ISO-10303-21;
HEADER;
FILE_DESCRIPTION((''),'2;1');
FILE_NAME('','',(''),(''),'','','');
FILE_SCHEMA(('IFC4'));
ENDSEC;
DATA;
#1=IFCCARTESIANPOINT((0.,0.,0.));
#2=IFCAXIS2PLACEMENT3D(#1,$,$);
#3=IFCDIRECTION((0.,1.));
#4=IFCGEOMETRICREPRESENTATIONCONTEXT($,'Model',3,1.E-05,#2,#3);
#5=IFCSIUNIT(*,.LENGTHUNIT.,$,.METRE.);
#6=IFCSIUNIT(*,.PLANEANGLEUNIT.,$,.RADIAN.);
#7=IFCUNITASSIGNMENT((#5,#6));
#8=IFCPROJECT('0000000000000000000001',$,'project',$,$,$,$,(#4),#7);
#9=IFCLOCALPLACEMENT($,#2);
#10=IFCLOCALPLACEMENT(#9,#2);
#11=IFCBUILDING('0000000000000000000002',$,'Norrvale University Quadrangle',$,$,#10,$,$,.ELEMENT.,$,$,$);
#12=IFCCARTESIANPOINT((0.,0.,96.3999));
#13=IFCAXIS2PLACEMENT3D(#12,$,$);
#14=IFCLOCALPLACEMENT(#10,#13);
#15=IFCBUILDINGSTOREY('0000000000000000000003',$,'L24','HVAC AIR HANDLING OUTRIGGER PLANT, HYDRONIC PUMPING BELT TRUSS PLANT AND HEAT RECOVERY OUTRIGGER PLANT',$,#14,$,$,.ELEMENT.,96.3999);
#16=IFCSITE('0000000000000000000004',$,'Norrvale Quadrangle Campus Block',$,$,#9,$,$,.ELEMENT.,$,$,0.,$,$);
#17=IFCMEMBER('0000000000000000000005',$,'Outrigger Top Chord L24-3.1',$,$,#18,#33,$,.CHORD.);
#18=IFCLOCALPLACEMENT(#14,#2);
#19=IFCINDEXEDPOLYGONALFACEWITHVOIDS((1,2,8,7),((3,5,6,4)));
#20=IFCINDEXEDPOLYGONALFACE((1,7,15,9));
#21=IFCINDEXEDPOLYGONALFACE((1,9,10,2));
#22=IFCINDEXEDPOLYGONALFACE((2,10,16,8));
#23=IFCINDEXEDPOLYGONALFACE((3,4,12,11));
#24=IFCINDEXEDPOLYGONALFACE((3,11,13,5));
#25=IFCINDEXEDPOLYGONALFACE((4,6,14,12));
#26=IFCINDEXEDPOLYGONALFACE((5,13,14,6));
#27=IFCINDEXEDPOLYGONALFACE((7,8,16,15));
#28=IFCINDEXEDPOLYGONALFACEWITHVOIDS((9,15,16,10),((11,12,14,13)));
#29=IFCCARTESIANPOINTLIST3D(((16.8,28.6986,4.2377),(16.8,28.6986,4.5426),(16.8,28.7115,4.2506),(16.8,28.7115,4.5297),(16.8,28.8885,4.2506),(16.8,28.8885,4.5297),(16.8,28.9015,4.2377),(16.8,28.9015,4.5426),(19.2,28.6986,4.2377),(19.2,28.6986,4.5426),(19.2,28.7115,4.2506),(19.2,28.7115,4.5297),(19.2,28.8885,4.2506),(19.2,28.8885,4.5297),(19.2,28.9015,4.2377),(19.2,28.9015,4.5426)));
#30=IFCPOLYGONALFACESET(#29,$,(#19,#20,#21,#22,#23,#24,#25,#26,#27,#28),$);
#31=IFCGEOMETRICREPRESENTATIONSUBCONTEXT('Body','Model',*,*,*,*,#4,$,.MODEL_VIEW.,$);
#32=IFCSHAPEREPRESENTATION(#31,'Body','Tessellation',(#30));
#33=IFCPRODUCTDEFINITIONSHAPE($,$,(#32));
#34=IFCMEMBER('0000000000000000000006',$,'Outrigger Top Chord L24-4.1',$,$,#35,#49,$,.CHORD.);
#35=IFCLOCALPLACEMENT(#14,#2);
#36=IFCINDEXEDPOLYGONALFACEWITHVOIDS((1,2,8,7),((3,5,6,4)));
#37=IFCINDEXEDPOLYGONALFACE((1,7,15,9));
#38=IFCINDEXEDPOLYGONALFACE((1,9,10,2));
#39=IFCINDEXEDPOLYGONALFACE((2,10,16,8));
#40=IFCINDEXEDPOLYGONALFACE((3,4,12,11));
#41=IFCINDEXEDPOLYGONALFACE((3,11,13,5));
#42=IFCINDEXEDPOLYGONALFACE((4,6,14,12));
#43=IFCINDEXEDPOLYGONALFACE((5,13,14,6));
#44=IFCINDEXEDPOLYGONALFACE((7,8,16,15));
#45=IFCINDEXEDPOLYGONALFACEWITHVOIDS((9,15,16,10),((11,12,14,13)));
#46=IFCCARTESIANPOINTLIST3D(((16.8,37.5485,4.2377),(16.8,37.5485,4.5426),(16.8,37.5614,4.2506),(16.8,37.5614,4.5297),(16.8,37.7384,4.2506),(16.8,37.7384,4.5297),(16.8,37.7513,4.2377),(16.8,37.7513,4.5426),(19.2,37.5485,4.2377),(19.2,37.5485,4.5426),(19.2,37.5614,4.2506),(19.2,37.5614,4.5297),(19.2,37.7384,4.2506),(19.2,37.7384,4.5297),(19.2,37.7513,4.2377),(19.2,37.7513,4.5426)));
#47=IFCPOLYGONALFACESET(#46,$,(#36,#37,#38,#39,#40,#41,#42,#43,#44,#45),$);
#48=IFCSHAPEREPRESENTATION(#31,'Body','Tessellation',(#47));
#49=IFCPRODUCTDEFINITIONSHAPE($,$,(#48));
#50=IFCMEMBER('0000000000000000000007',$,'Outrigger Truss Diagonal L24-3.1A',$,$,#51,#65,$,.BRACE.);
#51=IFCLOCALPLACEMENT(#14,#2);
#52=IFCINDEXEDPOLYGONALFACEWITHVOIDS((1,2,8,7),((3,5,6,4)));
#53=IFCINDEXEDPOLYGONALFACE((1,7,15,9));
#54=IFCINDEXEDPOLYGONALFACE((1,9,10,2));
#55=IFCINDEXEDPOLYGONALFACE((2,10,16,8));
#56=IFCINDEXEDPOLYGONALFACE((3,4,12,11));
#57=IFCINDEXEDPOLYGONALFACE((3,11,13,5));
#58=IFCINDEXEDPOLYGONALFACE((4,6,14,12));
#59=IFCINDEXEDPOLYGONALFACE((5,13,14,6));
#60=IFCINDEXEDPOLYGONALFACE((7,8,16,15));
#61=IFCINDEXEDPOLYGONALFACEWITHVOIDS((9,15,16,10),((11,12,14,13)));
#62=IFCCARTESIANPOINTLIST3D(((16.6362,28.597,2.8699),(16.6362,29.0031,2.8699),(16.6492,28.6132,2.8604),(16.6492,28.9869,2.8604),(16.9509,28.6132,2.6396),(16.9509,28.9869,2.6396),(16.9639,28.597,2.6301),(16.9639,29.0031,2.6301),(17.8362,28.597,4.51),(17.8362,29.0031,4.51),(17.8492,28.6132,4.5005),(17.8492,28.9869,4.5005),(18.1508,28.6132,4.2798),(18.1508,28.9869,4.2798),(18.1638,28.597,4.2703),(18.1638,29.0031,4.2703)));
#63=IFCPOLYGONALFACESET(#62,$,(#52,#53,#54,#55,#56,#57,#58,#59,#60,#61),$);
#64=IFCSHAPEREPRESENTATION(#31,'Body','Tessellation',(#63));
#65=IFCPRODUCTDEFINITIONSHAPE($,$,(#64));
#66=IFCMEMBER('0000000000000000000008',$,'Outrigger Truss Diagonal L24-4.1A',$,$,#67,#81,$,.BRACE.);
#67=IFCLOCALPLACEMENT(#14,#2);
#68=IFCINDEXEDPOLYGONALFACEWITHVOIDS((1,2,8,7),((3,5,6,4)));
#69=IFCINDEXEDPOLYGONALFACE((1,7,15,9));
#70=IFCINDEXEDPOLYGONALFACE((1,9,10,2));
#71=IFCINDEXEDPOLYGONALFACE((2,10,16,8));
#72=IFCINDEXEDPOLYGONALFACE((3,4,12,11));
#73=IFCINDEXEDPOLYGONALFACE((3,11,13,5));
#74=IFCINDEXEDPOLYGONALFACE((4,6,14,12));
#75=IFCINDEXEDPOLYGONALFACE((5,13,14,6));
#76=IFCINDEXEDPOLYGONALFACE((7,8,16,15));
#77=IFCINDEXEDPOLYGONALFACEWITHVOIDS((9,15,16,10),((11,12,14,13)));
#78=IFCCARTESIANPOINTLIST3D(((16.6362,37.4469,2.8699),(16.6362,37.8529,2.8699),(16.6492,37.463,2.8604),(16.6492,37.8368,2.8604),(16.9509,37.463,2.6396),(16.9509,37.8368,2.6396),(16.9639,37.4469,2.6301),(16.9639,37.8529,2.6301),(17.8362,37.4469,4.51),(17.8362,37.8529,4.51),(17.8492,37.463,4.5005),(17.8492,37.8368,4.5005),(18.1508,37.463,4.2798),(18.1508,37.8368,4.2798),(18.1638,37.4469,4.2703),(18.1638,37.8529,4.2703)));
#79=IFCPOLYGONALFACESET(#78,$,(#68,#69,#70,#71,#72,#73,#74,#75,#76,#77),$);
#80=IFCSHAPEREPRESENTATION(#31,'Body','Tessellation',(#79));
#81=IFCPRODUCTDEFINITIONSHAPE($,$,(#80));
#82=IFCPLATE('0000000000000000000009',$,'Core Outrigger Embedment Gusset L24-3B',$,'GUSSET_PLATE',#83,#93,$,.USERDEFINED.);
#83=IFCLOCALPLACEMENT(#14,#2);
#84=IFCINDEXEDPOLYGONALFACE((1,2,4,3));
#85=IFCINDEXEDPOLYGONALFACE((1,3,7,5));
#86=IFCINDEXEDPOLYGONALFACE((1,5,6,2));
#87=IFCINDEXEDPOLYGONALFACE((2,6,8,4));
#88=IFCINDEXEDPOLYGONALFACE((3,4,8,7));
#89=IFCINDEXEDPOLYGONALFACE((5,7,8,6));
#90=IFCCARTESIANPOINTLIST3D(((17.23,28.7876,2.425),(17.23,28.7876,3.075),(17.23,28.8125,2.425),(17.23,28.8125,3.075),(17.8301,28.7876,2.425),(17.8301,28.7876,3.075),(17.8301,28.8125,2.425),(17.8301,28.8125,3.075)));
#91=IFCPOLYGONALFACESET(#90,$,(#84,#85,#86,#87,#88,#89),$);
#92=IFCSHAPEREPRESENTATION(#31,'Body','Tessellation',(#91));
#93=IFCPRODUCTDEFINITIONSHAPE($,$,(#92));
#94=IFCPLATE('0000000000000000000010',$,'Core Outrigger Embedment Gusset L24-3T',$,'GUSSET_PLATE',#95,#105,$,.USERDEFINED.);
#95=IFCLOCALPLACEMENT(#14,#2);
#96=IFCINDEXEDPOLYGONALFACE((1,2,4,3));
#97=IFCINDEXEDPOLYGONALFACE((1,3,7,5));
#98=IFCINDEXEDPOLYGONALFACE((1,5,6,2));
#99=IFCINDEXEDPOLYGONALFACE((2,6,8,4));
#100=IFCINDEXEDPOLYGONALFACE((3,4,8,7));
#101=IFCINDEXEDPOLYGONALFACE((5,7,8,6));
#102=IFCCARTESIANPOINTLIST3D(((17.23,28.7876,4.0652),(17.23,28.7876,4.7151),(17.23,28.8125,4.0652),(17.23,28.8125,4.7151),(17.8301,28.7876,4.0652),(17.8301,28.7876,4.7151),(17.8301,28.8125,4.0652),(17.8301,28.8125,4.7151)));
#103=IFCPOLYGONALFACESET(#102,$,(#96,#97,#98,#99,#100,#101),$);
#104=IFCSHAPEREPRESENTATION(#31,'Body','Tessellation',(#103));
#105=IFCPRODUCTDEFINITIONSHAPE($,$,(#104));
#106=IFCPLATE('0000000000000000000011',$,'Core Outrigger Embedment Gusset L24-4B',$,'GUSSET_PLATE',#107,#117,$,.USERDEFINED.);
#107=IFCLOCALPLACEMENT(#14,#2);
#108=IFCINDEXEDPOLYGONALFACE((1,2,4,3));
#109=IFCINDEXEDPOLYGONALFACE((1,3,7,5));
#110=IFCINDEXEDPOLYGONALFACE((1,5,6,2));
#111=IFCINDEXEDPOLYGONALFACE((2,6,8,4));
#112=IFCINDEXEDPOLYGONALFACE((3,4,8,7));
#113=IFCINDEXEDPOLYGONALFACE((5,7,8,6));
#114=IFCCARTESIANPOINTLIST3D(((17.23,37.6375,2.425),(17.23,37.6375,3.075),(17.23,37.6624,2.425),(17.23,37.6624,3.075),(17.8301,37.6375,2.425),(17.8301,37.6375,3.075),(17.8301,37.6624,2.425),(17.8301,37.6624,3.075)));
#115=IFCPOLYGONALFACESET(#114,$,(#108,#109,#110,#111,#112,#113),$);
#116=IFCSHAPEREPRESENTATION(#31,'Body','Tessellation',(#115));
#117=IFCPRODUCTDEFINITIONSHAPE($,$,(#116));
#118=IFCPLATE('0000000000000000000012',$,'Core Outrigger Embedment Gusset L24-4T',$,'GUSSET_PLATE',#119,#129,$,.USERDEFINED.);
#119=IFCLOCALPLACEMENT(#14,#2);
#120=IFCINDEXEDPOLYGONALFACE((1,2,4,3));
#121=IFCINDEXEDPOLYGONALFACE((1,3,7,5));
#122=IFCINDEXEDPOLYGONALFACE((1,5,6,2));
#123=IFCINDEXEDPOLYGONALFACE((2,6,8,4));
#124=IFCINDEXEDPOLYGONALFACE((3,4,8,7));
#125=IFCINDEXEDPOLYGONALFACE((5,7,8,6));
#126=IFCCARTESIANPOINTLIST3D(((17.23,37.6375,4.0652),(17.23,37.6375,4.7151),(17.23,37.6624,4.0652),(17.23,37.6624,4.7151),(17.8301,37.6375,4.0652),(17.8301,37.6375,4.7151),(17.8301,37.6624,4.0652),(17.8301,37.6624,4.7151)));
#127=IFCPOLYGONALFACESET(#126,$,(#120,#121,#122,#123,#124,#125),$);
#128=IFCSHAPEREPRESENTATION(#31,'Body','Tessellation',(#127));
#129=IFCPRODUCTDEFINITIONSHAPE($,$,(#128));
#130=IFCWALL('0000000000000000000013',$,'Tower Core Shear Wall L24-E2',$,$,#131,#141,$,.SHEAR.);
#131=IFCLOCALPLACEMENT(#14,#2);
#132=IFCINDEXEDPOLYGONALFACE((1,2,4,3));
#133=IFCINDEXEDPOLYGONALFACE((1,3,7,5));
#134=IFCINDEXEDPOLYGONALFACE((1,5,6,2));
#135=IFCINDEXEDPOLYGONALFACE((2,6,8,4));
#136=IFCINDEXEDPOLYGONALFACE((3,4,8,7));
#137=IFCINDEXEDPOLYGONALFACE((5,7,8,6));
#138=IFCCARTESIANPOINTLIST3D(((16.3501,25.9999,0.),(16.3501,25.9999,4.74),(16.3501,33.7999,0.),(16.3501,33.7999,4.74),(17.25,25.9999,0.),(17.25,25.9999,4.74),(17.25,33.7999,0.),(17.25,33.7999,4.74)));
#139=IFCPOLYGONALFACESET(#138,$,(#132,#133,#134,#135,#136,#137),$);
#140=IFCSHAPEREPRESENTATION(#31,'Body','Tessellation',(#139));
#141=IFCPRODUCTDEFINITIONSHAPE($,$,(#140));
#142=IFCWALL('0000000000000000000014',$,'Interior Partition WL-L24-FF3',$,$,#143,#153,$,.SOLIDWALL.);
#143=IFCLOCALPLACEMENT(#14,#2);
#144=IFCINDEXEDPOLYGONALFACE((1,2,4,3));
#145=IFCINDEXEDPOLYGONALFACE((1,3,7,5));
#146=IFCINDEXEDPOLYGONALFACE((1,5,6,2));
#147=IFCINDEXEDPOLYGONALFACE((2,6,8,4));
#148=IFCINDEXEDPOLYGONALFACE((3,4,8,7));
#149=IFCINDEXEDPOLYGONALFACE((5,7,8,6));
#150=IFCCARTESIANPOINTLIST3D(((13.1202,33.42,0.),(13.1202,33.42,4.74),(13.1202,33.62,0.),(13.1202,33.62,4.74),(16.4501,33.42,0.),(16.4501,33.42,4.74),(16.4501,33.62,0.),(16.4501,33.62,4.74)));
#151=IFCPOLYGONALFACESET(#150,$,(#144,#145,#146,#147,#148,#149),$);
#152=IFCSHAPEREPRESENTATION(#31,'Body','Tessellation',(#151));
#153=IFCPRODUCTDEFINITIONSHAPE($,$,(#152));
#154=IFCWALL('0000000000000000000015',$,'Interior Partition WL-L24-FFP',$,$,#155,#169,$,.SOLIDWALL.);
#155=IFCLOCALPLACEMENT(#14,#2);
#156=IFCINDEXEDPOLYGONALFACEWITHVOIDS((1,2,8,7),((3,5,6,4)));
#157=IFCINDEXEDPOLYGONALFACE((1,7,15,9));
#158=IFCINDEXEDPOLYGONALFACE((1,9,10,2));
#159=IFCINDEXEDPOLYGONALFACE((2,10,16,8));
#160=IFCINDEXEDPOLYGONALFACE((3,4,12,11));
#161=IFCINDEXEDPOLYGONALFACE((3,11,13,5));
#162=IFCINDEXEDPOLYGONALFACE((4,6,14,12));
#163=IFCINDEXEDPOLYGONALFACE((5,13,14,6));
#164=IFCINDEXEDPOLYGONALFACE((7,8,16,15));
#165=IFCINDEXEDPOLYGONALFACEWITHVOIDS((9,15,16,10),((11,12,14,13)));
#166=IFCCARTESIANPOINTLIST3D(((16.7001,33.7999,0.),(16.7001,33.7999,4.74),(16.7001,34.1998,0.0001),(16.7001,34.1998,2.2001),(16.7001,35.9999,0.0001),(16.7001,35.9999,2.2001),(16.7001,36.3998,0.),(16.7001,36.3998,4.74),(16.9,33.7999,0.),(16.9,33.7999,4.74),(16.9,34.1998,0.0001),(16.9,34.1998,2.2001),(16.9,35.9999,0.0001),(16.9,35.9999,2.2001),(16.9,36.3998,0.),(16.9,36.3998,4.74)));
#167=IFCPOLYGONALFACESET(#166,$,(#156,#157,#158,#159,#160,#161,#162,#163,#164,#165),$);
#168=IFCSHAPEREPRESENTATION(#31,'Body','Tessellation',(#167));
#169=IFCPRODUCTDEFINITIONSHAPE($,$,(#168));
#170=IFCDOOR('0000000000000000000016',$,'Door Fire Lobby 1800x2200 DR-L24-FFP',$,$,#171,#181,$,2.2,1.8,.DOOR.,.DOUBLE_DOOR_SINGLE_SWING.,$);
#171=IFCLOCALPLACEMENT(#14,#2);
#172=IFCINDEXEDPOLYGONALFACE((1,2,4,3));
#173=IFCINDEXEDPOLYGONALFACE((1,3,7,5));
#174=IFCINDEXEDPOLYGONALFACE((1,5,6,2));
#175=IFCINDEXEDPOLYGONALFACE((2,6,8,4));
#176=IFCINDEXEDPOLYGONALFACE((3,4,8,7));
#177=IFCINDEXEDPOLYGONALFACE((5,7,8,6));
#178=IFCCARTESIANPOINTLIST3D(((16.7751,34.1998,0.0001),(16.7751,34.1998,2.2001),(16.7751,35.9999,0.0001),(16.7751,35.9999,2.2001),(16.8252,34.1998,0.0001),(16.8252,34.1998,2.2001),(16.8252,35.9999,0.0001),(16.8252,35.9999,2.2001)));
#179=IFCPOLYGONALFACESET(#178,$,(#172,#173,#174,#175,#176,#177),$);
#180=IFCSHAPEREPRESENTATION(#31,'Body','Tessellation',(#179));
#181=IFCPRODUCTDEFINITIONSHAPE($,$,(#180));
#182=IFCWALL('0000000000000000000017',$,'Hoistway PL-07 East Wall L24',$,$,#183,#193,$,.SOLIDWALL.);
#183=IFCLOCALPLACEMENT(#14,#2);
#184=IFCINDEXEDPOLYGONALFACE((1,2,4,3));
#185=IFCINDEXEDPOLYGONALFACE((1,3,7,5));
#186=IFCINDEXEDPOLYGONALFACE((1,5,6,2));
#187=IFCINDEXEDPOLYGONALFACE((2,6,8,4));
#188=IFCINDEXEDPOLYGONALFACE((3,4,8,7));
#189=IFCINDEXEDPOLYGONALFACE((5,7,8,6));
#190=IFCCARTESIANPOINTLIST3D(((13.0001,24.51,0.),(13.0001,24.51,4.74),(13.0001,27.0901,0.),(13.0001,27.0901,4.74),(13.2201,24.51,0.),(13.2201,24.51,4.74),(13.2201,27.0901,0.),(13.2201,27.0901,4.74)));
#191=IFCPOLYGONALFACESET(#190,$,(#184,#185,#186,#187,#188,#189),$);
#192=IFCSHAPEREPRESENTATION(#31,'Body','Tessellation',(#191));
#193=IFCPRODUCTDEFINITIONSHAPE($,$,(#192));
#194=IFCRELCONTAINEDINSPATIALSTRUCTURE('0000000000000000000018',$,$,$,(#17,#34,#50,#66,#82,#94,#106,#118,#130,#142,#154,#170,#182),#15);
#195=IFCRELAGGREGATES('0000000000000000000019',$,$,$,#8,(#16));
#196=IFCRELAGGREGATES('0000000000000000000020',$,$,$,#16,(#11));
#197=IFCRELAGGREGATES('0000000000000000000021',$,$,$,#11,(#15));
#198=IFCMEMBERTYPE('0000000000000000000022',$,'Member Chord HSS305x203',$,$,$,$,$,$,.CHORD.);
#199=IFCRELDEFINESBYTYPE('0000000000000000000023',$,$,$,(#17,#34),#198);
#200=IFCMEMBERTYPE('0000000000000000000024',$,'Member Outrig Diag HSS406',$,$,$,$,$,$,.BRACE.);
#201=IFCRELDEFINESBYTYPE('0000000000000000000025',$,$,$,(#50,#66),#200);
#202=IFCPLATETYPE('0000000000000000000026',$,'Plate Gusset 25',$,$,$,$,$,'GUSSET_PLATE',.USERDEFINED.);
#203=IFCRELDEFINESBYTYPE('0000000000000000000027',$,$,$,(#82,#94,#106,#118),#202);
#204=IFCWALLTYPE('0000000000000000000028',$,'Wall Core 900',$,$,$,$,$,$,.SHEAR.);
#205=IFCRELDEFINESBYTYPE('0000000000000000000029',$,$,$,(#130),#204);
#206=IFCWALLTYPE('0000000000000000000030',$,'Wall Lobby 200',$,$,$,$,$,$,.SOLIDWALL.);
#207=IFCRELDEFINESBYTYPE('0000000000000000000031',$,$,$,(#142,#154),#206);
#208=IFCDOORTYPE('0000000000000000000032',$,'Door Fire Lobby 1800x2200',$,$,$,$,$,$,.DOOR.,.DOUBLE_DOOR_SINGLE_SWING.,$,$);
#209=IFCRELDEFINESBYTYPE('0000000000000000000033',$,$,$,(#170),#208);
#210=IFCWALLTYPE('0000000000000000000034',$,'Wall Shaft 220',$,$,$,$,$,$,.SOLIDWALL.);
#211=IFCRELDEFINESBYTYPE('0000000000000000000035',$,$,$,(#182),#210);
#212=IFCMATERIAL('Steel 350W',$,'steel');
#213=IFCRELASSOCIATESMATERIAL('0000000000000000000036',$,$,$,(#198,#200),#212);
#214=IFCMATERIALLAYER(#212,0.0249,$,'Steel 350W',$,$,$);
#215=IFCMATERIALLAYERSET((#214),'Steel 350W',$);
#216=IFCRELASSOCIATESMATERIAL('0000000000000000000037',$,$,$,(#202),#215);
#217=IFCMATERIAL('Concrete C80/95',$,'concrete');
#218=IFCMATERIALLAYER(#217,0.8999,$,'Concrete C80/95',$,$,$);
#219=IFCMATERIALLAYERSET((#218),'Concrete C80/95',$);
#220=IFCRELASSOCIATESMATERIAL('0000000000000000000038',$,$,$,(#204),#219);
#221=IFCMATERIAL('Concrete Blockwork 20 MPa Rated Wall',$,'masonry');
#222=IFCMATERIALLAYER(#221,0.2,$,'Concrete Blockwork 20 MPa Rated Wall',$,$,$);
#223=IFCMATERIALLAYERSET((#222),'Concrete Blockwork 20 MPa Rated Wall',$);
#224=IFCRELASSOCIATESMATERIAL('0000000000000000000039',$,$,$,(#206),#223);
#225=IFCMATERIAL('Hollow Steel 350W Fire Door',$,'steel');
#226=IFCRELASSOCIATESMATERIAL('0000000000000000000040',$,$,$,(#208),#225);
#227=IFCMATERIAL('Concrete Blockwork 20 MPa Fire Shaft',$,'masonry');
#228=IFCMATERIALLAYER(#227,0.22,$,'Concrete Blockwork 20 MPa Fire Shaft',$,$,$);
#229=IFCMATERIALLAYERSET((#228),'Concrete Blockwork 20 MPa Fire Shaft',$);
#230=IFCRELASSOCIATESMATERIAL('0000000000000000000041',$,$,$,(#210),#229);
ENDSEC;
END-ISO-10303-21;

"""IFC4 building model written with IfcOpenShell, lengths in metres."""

from ifc_helpers import new_model, si_unit, direction, frame, frame_2d, origin, origin_2d, place, context, subcontext, project, spatial, rectangle, hollow_rectangle, extrude, material, layer, layer_set, material_profile, profile_set, type_object, element, fill, save


model = new_model("IFC4")

# Units and contexts
model_context = context("Model", 3, precision=1e-05, world=origin(), true_north=direction((0.0, 1.0)))
body_context = subcontext(model_context, "Body", "Model", "MODEL_VIEW")
ifc_project = project(units=[si_unit("LENGTHUNIT", "METRE"), si_unit("PLANEANGLEUNIT", "RADIAN")], contexts=[model_context])

# Site, building, storey
site_placement = place(None, origin())
site = spatial("IfcSite", under=ifc_project, at=site_placement, Name="Norrvale Quadrangle Campus Block", CompositionType="ELEMENT", RefElevation=0.0)
building_placement = place(site_placement, origin())
building = spatial("IfcBuilding", under=site, at=building_placement, Name="Norrvale University Quadrangle", CompositionType="ELEMENT")
storey_placement = place(building_placement, frame((0.0, 0.0, 96.3999)))
storey = spatial("IfcBuildingStorey", under=building, at=storey_placement, Name="L24", Description="HVAC AIR HANDLING OUTRIGGER PLANT, HYDRONIC PUMPING BELT TRUSS PLANT AND HEAT RECOVERY OUTRIGGER PLANT", CompositionType="ELEMENT", Elevation=96.3999)

# Shared definitions
ifc_material_1 = material(Name="Concrete C80/95", Category="concrete")

# Shared definitions
ifc_material_2 = material(Name="Steel 350W", Category="steel")

# Members
ifc_material_profile_1 = material_profile(ifc_material_2, hollow_rectangle(XDim=0.2029, YDim=0.3049, WallThickness=0.0129, at=origin_2d()), Name="Steel 350W")
ifc_profile_set_1 = profile_set([ifc_material_profile_1], Name="Steel 350W")
member_type_1 = type_object("IfcMemberType", Name="Member Chord HSS305x203", PredefinedType="CHORD", material=ifc_profile_set_1)
for number, where, z_axis, x_axis, name in (
    (1, (16.8, 28.8, 4.3901), (1.0, 0.0, 0.0), (0.0, 1.0, 0.0), "Outrigger Top Chord L24-3.1"),
    (2, (16.8, 37.6499, 4.3901), (1.0, 0.0, 0.0), (0.0, 1.0, 0.0), "Outrigger Top Chord L24-4.1"),
):
    element("IfcMember", number, at=place(storey_placement, frame(where, z_axis=z_axis, x_axis=x_axis)), inside=storey, type_object=member_type_1, Name=name, PredefinedType="CHORD", context=body_context, shape_type="SweptSolid", body=[
        extrude(hollow_rectangle(XDim=0.2029, YDim=0.3049, WallThickness=0.0129, at=origin_2d()), origin(), (0.0, 0.0, 1.0), 2.3999),
    ])
ifc_material_profile_2 = material_profile(ifc_material_2, hollow_rectangle(XDim=0.406, YDim=0.406, WallThickness=0.0161, at=origin_2d()), Name="Steel 350W")
ifc_profile_set_2 = profile_set([ifc_material_profile_2], Name="Steel 350W")
member_type_2 = type_object("IfcMemberType", Name="Member Outrig Diag HSS406", PredefinedType="BRACE", material=ifc_profile_set_2)
for number, where, z_axis, x_axis, name in (
    (3, (16.8, 28.8, 2.75), (0.590462, 0.0, 0.807065), (0.0, 1.0, 0.0), "Outrigger Truss Diagonal L24-3.1A"),
    (4, (16.8, 37.6499, 2.75), (0.590462, 0.0, 0.807065), (0.0, 1.0, 0.0), "Outrigger Truss Diagonal L24-4.1A"),
):
    element("IfcMember", number, at=place(storey_placement, frame(where, z_axis=z_axis, x_axis=x_axis)), inside=storey, type_object=member_type_2, Name=name, PredefinedType="BRACE", context=body_context, shape_type="SweptSolid", body=[
        extrude(hollow_rectangle(XDim=0.406, YDim=0.406, WallThickness=0.0161, at=origin_2d()), origin(), (0.0, 0.0, 1.0), 2.0322),
    ])

# Plates
ifc_layer_1 = layer(ifc_material_2, 0.0249, Name="Steel 350W")
ifc_layer_set_1 = layer_set([ifc_layer_1], Name="Steel 350W")
plate_type = type_object("IfcPlateType", Name="Plate Gusset 25", ElementType="GUSSET_PLATE", PredefinedType="USERDEFINED", material=ifc_layer_set_1)
for number, where, z_axis, x_axis, name in (
    (5, (17.53, 28.8, 2.425), (0.0, 0.0, 1.0), (1.0, 0.0, 0.0), "Core Outrigger Embedment Gusset L24-3B"),
    (6, (17.53, 28.8, 4.0652), (0.0, 0.0, 1.0), (1.0, 0.0, 0.0), "Core Outrigger Embedment Gusset L24-3T"),
    (7, (17.53, 37.6499, 2.425), (0.0, 0.0, 1.0), (1.0, 0.0, 0.0), "Core Outrigger Embedment Gusset L24-4B"),
    (8, (17.53, 37.6499, 4.0652), (0.0, 0.0, 1.0), (1.0, 0.0, 0.0), "Core Outrigger Embedment Gusset L24-4T"),
):
    element("IfcPlate", number, at=place(storey_placement, frame(where, z_axis=z_axis, x_axis=x_axis)), inside=storey, type_object=plate_type, Name=name, ObjectType="GUSSET_PLATE", PredefinedType="USERDEFINED", context=body_context, shape_type="SweptSolid", body=[
        extrude(rectangle(XDim=0.6001, YDim=0.0249, at=origin_2d()), origin(), (0.0, 0.0, 1.0), 0.6499),
    ])

# Wall
ifc_layer_2 = layer(ifc_material_1, 0.8999, Name="Concrete C80/95")
ifc_layer_set_2 = layer_set([ifc_layer_2], Name="Concrete C80/95")
wall_type_1 = type_object("IfcWallType", Name="Wall Core 900", PredefinedType="SHEAR", material=ifc_layer_set_2)
wall_1_placement = place(storey_placement, frame((16.8, 26.0, 0.0), z_axis=(0.0, 0.0, 1.0), x_axis=(0.0, 1.0, 0.0)))
element("IfcWall", 9, at=wall_1_placement, inside=storey, type_object=wall_type_1, Name="Tower Core Shear Wall L24-E2", PredefinedType="SHEAR", context=body_context, shape_type="SweptSolid", body=[
    extrude(rectangle(XDim=7.8, YDim=0.8999, at=frame_2d((3.8999, 0.0))), origin(), (0.0, 0.0, 1.0), 4.74),
])

# Wall
ifc_material_3 = material(Name="Concrete Blockwork 20 MPa Rated Wall", Category="masonry")
ifc_layer_3 = layer(ifc_material_3, 0.2, Name="Concrete Blockwork 20 MPa Rated Wall")
ifc_layer_set_3 = layer_set([ifc_layer_3], Name="Concrete Blockwork 20 MPa Rated Wall")
wall_type_2 = type_object("IfcWallType", Name="Wall Lobby 200", PredefinedType="SOLIDWALL", material=ifc_layer_set_3)
wall_2_placement = place(storey_placement, frame((13.1201, 33.52, 0.0), z_axis=(0.0, 0.0, 1.0), x_axis=(1.0, 0.0, 0.0)))
element("IfcWall", 10, at=wall_2_placement, inside=storey, type_object=wall_type_2, Name="Interior Partition WL-L24-FF3", PredefinedType="SOLIDWALL", context=body_context, shape_type="SweptSolid", body=[
    extrude(rectangle(XDim=3.3298, YDim=0.2, at=frame_2d((1.665, 0.0))), origin(), (0.0, 0.0, 1.0), 4.74),
])

# Wall, opening, door
wall_3_placement = place(storey_placement, frame((16.8, 33.8, 0.0), z_axis=(0.0, 0.0, 1.0), x_axis=(0.0, 1.0, 0.0)))
wall_3 = element("IfcWall", 11, at=wall_3_placement, inside=storey, type_object=wall_type_2, Name="Interior Partition WL-L24-FFP", PredefinedType="SOLIDWALL", context=body_context, shape_type="SweptSolid", body=[
    extrude(rectangle(XDim=2.5999, YDim=0.2, at=frame_2d((1.2998, 0.0))), origin(), (0.0, 0.0, 1.0), 4.74),
])
opening_1_placement = place(wall_3_placement, frame((0.3999, 0.0, 0.0)))
opening_1 = element("IfcOpeningElement", 12, at=opening_1_placement, cuts=wall_3, PredefinedType="OPENING", context=body_context, shape_type="SweptSolid", body=[
    extrude(rectangle(XDim=1.8, YDim=2.2, at=frame_2d((0.8999, 1.1001))), frame((0.0, 0.1121, 0.0), z_axis=(0.0, -1.0, 0.0), x_axis=(1.0, 0.0, 0.0)), (0.0, 0.0, 1.0), 0.2239),
])
ifc_material_4 = material(Name="Hollow Steel 350W Fire Door", Category="steel")
door_type_1 = type_object("IfcDoorType", Name="Door Fire Lobby 1800x2200", OperationType="DOUBLE_DOOR_SINGLE_SWING", PredefinedType="DOOR", material=ifc_material_4)
door_1_placement = place(opening_1_placement, origin())
door_1 = element("IfcDoor", 13, at=door_1_placement, inside=storey, type_object=door_type_1, Name="Door Fire Lobby 1800x2200 DR-L24-FFP", OperationType="DOUBLE_DOOR_SINGLE_SWING", OverallHeight=2.2, OverallWidth=1.8, PredefinedType="DOOR", context=body_context, shape_type="SweptSolid", body=[
    extrude(rectangle(XDim=1.8, YDim=2.2, at=frame_2d((0.8999, 1.1001))), frame((0.0, 0.0249, 0.0), z_axis=(0.0, -1.0, 0.0), x_axis=(1.0, 0.0, 0.0)), (0.0, 0.0, 1.0), 0.05),
])
fill(opening_1, door_1)

# Wall
ifc_material_5 = material(Name="Concrete Blockwork 20 MPa Fire Shaft", Category="masonry")
ifc_layer_4 = layer(ifc_material_5, 0.22, Name="Concrete Blockwork 20 MPa Fire Shaft")
ifc_layer_set_4 = layer_set([ifc_layer_4], Name="Concrete Blockwork 20 MPa Fire Shaft")
wall_type_3 = type_object("IfcWallType", Name="Wall Shaft 220", PredefinedType="SOLIDWALL", material=ifc_layer_set_4)
for number, where, z_axis, x_axis, name in (
    (14, (13.1101, 24.51, 0.0), (0.0, 0.0, 1.0), (0.0, 1.0, 0.0), "Hoistway PL-07 East Wall L24"),
):
    element("IfcWall", number, at=place(storey_placement, frame(where, z_axis=z_axis, x_axis=x_axis)), inside=storey, type_object=wall_type_3, Name=name, PredefinedType="SOLIDWALL", context=body_context, shape_type="SweptSolid", body=[
        extrude(rectangle(XDim=2.5801, YDim=0.22, at=frame_2d((1.29, 0.0))), origin(), (0.0, 0.0, 1.0), 4.74),
    ])

save(model, "model.ifc")
